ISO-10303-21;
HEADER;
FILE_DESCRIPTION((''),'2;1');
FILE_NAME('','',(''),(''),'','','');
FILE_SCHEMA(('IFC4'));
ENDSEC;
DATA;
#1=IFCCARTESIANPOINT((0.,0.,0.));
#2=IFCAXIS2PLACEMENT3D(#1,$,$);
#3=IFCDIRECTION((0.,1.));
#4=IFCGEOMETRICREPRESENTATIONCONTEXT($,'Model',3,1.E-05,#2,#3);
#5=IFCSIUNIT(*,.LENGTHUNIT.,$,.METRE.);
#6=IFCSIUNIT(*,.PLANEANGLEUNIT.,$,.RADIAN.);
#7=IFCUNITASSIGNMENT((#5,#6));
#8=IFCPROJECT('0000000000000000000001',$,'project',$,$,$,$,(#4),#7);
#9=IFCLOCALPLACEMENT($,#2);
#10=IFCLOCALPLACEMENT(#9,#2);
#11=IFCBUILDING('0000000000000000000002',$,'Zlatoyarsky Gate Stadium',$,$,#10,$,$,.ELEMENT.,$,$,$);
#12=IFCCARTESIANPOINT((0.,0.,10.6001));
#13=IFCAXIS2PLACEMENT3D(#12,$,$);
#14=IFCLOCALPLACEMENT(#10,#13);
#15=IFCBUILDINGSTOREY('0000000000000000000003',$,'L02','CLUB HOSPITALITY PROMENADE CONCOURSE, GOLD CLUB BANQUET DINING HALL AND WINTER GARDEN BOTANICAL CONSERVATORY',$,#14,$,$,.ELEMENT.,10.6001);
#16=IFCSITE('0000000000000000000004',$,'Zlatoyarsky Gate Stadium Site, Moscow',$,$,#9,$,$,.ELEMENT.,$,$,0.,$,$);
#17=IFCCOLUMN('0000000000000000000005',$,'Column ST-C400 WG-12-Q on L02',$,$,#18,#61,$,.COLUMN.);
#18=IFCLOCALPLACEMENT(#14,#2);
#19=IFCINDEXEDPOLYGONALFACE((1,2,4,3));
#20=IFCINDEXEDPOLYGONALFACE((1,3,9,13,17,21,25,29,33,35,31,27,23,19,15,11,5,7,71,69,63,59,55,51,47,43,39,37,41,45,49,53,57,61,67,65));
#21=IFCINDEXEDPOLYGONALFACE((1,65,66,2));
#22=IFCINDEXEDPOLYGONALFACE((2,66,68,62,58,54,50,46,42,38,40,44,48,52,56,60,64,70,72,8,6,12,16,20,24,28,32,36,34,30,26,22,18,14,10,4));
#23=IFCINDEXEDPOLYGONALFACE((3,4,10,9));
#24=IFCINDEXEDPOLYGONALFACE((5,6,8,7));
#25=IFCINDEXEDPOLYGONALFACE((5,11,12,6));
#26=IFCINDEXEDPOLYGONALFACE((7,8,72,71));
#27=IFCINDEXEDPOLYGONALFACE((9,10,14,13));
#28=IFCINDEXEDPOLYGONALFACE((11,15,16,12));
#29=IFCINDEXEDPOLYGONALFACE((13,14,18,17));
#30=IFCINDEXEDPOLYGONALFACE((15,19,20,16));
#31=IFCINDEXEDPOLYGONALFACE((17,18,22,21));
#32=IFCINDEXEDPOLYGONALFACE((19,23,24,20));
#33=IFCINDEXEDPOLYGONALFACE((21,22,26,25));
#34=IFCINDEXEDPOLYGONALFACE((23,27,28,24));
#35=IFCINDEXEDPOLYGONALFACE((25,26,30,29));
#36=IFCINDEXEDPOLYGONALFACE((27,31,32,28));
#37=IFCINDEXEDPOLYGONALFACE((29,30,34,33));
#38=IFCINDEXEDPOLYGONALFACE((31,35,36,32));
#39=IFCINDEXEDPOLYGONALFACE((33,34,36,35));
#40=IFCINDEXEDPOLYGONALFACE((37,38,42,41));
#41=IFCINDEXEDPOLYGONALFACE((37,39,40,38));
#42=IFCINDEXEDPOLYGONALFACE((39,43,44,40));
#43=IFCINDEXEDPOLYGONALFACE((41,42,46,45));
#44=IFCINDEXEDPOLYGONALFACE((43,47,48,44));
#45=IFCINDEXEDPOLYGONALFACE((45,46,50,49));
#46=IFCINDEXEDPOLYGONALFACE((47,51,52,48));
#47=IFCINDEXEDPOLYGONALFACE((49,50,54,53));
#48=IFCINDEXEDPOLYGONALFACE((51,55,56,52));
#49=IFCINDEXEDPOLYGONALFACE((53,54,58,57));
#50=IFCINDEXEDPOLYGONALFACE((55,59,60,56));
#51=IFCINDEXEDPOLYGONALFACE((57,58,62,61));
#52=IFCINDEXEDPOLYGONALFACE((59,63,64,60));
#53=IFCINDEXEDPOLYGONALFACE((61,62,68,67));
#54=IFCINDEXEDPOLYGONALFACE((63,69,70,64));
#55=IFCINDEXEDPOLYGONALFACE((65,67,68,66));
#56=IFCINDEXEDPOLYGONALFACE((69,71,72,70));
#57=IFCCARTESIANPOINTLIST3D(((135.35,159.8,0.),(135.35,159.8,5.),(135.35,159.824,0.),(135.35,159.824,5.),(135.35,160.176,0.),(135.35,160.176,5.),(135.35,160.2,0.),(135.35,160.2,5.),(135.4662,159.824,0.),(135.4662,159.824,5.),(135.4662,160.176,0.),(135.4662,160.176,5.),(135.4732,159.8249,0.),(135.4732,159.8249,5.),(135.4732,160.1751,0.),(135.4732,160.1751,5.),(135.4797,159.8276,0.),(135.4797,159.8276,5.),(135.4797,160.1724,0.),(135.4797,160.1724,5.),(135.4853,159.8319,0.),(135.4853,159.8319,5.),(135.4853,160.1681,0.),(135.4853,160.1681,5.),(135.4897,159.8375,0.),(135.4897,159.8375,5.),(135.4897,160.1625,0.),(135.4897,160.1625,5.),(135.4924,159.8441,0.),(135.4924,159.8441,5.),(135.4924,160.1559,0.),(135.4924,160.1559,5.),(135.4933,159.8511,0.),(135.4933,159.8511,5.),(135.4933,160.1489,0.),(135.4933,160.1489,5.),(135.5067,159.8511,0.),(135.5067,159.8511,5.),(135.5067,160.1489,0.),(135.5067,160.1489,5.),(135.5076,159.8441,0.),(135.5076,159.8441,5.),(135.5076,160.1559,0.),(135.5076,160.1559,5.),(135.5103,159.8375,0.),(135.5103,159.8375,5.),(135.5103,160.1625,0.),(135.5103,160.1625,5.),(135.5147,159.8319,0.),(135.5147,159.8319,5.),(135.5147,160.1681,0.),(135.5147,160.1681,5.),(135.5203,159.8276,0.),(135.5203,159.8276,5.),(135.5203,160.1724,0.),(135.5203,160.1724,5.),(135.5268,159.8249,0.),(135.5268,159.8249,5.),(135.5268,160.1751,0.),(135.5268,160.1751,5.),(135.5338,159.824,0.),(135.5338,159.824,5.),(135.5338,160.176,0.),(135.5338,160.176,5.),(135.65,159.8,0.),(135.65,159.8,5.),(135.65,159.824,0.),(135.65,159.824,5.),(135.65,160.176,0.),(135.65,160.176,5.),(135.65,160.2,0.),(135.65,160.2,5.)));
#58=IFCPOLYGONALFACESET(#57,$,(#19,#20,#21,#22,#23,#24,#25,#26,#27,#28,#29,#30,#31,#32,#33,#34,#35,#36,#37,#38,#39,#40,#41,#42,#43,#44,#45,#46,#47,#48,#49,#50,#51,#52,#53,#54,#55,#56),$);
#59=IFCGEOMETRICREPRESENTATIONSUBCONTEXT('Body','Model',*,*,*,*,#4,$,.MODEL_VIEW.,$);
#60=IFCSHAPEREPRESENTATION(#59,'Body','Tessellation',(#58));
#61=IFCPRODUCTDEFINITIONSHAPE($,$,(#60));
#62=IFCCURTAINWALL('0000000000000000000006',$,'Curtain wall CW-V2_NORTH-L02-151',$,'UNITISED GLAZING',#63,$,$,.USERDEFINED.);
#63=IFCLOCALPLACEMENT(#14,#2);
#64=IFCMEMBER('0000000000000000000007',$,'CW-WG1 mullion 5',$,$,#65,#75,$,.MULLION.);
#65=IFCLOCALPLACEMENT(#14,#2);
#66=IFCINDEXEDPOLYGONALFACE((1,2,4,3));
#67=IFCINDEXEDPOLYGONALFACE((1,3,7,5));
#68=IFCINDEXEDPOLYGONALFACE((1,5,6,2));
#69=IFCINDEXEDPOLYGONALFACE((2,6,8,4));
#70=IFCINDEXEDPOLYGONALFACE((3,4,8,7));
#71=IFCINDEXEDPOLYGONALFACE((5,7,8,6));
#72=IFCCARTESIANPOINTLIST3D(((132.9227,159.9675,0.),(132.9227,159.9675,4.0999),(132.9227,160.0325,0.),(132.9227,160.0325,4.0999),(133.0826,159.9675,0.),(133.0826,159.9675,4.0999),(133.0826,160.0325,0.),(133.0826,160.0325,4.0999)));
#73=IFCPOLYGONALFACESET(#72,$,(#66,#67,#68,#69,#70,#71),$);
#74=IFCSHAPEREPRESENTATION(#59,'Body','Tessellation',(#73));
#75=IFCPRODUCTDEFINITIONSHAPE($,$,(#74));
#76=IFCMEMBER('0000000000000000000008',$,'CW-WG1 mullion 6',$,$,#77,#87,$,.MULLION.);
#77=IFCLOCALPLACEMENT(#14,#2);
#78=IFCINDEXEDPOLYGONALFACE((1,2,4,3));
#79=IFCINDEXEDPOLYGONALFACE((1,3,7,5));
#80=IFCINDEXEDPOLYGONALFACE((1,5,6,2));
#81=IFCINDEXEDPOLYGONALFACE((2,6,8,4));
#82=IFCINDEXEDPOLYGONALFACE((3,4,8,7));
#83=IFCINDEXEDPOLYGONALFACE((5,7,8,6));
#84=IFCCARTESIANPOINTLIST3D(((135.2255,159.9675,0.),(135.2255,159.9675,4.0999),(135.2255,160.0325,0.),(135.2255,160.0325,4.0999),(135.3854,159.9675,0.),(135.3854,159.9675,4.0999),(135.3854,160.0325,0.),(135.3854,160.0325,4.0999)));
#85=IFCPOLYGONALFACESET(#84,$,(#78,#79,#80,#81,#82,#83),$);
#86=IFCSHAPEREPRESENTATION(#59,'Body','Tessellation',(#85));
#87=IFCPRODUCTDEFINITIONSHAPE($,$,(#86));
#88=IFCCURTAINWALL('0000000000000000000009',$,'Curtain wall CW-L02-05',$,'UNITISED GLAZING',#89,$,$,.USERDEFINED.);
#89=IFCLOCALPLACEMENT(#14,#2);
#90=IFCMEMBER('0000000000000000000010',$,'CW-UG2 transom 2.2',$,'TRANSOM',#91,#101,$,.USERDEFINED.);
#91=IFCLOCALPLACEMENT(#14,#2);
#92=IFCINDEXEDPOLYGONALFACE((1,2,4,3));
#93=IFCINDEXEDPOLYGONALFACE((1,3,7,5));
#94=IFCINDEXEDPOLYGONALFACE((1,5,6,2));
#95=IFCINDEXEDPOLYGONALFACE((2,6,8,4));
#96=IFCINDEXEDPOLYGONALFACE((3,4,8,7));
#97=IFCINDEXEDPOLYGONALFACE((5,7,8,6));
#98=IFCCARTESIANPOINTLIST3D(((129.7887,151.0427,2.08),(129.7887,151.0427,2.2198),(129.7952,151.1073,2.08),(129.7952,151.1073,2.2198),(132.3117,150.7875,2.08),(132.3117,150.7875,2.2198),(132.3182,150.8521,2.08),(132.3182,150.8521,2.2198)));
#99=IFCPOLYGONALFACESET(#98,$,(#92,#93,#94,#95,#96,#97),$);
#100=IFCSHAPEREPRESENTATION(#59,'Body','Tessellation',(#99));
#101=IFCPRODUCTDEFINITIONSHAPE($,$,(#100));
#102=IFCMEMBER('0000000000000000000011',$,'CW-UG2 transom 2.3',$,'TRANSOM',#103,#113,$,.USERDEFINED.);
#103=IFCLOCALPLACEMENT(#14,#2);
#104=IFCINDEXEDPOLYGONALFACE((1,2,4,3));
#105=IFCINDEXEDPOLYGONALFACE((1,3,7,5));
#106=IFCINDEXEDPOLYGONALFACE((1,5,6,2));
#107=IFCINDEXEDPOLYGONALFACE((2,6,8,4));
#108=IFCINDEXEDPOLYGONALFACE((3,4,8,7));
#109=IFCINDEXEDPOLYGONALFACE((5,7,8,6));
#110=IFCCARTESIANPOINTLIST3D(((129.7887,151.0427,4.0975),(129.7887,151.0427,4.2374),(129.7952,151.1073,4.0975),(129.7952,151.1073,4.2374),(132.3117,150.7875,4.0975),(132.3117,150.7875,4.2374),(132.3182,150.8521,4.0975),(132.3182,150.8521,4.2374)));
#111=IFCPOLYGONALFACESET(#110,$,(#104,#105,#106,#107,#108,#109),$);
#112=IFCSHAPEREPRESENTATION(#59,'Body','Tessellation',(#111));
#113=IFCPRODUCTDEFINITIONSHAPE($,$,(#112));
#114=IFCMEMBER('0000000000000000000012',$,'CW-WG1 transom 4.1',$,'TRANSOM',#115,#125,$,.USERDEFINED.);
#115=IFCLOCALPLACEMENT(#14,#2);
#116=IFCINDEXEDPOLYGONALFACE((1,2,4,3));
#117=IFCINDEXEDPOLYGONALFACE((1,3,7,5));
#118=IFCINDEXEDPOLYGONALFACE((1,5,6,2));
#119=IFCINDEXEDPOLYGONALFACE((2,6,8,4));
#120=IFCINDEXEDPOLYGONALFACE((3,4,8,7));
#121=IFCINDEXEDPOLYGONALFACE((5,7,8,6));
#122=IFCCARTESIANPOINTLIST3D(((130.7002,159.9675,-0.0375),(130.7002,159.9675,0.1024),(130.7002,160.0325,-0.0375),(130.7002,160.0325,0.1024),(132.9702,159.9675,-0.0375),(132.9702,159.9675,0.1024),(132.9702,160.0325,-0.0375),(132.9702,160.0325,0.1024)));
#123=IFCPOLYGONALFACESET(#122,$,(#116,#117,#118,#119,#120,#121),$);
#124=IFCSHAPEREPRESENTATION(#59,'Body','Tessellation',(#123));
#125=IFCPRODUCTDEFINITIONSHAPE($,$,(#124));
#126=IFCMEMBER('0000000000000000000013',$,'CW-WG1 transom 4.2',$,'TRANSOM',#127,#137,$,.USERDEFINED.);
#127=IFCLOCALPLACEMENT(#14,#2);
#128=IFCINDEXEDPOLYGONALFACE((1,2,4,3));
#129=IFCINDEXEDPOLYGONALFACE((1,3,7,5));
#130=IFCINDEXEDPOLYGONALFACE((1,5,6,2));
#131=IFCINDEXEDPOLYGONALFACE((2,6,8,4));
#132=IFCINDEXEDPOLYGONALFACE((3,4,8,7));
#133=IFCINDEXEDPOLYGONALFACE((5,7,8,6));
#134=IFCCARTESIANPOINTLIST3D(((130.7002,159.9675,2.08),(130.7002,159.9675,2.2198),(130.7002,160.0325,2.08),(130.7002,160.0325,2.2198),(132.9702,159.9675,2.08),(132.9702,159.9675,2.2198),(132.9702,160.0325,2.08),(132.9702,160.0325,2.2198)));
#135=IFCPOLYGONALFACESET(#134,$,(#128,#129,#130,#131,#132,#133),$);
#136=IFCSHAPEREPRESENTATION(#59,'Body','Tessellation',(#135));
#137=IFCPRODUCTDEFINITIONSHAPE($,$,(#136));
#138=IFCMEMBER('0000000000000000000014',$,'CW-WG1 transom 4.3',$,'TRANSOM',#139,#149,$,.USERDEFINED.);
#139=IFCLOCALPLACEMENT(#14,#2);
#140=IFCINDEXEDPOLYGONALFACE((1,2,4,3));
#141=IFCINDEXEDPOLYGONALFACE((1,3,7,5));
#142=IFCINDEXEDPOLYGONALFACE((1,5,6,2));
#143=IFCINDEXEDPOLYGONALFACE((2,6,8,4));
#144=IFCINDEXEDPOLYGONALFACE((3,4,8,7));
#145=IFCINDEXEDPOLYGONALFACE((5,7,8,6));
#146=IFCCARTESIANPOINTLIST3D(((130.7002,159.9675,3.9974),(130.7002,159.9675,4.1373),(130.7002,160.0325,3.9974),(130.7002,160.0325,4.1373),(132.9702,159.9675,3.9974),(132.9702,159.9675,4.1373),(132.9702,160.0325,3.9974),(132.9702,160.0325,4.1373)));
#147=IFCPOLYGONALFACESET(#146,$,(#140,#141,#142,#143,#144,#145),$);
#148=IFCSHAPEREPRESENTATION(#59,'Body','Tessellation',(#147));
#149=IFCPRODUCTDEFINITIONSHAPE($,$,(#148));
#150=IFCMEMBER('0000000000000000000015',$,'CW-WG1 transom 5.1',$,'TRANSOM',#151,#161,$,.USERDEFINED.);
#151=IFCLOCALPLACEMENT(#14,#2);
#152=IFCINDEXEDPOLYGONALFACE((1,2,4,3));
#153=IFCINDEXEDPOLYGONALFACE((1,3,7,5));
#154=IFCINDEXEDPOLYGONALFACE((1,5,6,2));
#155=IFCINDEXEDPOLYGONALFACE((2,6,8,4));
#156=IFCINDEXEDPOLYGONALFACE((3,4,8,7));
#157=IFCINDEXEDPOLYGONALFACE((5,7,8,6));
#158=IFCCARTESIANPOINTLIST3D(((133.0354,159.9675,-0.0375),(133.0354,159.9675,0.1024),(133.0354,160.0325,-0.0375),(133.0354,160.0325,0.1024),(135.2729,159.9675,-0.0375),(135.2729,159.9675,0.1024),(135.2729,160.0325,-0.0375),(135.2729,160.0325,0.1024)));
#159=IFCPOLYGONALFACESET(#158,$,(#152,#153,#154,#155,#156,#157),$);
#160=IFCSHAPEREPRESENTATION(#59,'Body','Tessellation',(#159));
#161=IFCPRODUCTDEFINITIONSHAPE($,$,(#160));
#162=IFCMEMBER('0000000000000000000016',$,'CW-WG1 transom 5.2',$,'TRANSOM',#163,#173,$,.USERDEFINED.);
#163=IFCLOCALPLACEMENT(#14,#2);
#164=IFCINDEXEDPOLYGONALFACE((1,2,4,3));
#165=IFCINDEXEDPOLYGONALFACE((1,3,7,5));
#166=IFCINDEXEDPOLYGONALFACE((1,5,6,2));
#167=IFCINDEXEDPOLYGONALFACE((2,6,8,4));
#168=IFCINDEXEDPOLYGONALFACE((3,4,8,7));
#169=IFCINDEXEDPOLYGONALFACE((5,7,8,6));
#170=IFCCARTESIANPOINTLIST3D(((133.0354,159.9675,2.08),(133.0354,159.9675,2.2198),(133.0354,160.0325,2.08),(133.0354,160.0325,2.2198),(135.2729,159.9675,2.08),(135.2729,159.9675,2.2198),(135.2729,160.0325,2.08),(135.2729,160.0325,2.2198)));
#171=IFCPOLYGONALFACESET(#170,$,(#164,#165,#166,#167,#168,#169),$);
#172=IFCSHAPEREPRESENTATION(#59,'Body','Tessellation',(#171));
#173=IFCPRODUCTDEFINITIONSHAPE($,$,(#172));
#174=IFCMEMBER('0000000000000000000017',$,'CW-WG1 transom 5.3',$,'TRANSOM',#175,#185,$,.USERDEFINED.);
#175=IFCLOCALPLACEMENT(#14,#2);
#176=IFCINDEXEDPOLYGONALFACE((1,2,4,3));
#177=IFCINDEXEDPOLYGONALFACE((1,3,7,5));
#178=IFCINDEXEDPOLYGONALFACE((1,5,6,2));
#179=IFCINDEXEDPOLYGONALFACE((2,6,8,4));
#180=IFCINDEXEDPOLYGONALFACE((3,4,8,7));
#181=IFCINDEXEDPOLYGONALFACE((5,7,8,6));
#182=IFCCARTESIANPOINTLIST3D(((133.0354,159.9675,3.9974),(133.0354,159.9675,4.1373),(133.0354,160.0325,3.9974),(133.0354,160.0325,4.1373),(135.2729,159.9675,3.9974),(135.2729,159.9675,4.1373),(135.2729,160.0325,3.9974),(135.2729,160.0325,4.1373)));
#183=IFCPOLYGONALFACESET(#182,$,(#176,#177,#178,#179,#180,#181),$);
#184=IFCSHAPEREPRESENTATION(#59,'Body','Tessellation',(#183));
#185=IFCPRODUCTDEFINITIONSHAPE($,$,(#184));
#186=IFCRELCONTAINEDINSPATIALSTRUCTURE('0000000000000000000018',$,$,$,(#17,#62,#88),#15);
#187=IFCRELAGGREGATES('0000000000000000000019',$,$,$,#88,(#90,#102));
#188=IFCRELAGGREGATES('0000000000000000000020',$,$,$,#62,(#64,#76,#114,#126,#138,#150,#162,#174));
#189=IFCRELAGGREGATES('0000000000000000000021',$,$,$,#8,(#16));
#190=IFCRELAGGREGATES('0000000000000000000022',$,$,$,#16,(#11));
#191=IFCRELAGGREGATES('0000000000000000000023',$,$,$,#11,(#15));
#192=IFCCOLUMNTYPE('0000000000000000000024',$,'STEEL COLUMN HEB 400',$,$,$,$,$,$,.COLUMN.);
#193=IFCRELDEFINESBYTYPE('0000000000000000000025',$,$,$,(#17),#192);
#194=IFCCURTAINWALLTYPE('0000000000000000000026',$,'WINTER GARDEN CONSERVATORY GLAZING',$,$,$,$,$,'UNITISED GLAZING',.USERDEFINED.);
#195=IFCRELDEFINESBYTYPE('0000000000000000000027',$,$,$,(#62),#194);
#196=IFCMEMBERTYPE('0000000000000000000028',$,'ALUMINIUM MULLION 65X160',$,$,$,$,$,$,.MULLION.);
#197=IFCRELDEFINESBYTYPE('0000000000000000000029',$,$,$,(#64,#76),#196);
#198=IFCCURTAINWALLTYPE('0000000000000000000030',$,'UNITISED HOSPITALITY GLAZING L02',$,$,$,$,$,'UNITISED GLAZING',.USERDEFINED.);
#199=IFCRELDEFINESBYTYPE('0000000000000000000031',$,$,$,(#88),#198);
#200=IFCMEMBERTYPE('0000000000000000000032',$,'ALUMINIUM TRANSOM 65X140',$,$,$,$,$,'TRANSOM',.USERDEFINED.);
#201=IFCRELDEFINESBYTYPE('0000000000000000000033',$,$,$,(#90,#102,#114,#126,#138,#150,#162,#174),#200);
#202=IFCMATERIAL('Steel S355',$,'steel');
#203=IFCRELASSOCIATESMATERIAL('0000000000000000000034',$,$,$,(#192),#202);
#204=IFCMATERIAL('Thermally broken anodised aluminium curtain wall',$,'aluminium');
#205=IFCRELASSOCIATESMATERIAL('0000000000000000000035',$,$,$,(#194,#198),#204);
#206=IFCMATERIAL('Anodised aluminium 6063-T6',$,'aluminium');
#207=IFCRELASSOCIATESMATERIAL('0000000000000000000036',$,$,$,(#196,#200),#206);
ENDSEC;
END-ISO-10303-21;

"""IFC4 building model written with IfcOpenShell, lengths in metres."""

from ifc_helpers import new_model, si_unit, direction, frame, origin, origin_2d, place, context, subcontext, project, spatial, rectangle, i_section, extrude, material, material_profile, profile_set, type_object, element, aggregate, save


model = new_model("IFC4")

# Units and contexts
model_context = context("Model", 3, precision=1e-05, world=origin(), true_north=direction((0.0, 1.0)))
body_context = subcontext(model_context, "Body", "Model", "MODEL_VIEW")
ifc_project = project(units=[si_unit("LENGTHUNIT", "METRE"), si_unit("PLANEANGLEUNIT", "RADIAN")], contexts=[model_context])

# Site, building, storey
site_placement = place(None, origin())
site = spatial("IfcSite", under=ifc_project, at=site_placement, Name="Zlatoyarsky Gate Stadium Site, Moscow", CompositionType="ELEMENT", RefElevation=0.0)
building_placement = place(site_placement, origin())
building = spatial("IfcBuilding", under=site, at=building_placement, Name="Zlatoyarsky Gate Stadium", CompositionType="ELEMENT")
storey_placement = place(building_placement, frame((0.0, 0.0, 10.6001)))
storey = spatial("IfcBuildingStorey", under=building, at=storey_placement, Name="L02", Description="CLUB HOSPITALITY PROMENADE CONCOURSE, GOLD CLUB BANQUET DINING HALL AND WINTER GARDEN BOTANICAL CONSERVATORY", CompositionType="ELEMENT", Elevation=10.6001)

# Column
ifc_material_1 = material(Name="Steel S355", Category="steel")
ifc_material_profile_1 = material_profile(ifc_material_1, i_section(OverallWidth=0.3, OverallDepth=0.3999, WebThickness=0.0134, FlangeThickness=0.0239, FilletRadius=0.0271, at=origin_2d()), Name="HEB 400")
ifc_profile_set_1 = profile_set([ifc_material_profile_1], Name="Steel S355")
column_type = type_object("IfcColumnType", Name="STEEL COLUMN HEB 400", PredefinedType="COLUMN", material=ifc_profile_set_1)
column_placement = place(storey_placement, frame((135.5, 160.0, 0.0), z_axis=(0.0, 0.0, 1.0), x_axis=(1.0, 0.0, 0.0)))
element("IfcColumn", 1, at=column_placement, inside=storey, type_object=column_type, Name="Column ST-C400 WG-12-Q on L02", PredefinedType="COLUMN", context=body_context, shape_type="SweptSolid", body=[
    extrude(i_section(OverallWidth=0.3, OverallDepth=0.3999, WebThickness=0.0134, FlangeThickness=0.0239, FilletRadius=0.0271, at=origin_2d()), origin(), (0.0, 0.0, 1.0), 5.0),
])

# Curtain walls, members
ifc_material_2 = material(Name="Thermally broken anodised aluminium curtain wall", Category="aluminium")
curtain_wall_type_1 = type_object("IfcCurtainWallType", Name="WINTER GARDEN CONSERVATORY GLAZING", ElementType="UNITISED GLAZING", PredefinedType="USERDEFINED", material=ifc_material_2)
curtain_wall_1_placement = place(storey_placement, origin())
curtain_wall_1 = element("IfcCurtainWall", 2, at=curtain_wall_1_placement, inside=storey, type_object=curtain_wall_type_1, Name="Curtain wall CW-V2_NORTH-L02-151", ObjectType="UNITISED GLAZING", PredefinedType="USERDEFINED")
ifc_material_3 = material(Name="Anodised aluminium 6063-T6", Category="aluminium")
ifc_material_profile_2 = material_profile(ifc_material_3, rectangle(XDim=0.0649, YDim=0.1599, at=origin_2d()), Name="ALU 65X160")
ifc_profile_set_2 = profile_set([ifc_material_profile_2], Name="Anodised aluminium 6063-T6")
member_type_1 = type_object("IfcMemberType", Name="ALUMINIUM MULLION 65X160", PredefinedType="MULLION", material=ifc_profile_set_2)
member_1_placement = place(storey_placement, frame((133.0027, 160.0, 0.0), z_axis=(0.0, 0.0, 1.0), x_axis=(0.0, 1.0, 0.0)))
member_1 = element("IfcMember", 3, at=member_1_placement, type_object=member_type_1, Name="CW-WG1 mullion 5", PredefinedType="MULLION", context=body_context, shape_type="SweptSolid", body=[
    extrude(rectangle(XDim=0.0649, YDim=0.1599, at=origin_2d()), origin(), (0.0, 0.0, 1.0), 4.0999),
])
member_2_placement = place(storey_placement, frame((135.3054, 160.0, 0.0), z_axis=(0.0, 0.0, 1.0), x_axis=(0.0, 1.0, 0.0)))
member_2 = element("IfcMember", 4, at=member_2_placement, type_object=member_type_1, Name="CW-WG1 mullion 6", PredefinedType="MULLION", context=body_context, shape_type="SweptSolid", body=[
    extrude(rectangle(XDim=0.0649, YDim=0.1599, at=origin_2d()), origin(), (0.0, 0.0, 1.0), 4.0999),
])
curtain_wall_type_2 = type_object("IfcCurtainWallType", Name="UNITISED HOSPITALITY GLAZING L02", ElementType="UNITISED GLAZING", PredefinedType="USERDEFINED", material=ifc_material_2)
curtain_wall_2_placement = place(storey_placement, origin())
curtain_wall_2 = element("IfcCurtainWall", 5, at=curtain_wall_2_placement, inside=storey, type_object=curtain_wall_type_2, Name="Curtain wall CW-L02-05", ObjectType="UNITISED GLAZING", PredefinedType="USERDEFINED")
ifc_material_profile_3 = material_profile(ifc_material_3, rectangle(XDim=0.0649, YDim=0.1399, at=origin_2d()), Name="ALU 65X140")
ifc_profile_set_3 = profile_set([ifc_material_profile_3], Name="Anodised aluminium 6063-T6")
member_type_2 = type_object("IfcMemberType", Name="ALUMINIUM TRANSOM 65X140", ElementType="TRANSOM", PredefinedType="USERDEFINED", material=ifc_profile_set_3)
member_3_placement = place(storey_placement, frame((132.3149, 150.8198, 2.1499), z_axis=(-0.994926, 0.100609, 0.0), x_axis=(-0.100609, -0.994926, 0.0)))
member_3 = element("IfcMember", 6, at=member_3_placement, type_object=member_type_2, Name="CW-UG2 transom 2.2", ObjectType="TRANSOM", PredefinedType="USERDEFINED", context=body_context, shape_type="SweptSolid", body=[
    extrude(rectangle(XDim=0.0649, YDim=0.1399, at=origin_2d()), origin(), (0.0, 0.0, 1.0), 2.5359),
])
member_4_placement = place(storey_placement, frame((132.3149, 150.8198, 4.1675), z_axis=(-0.994926, 0.100609, 0.0), x_axis=(-0.100609, -0.994926, 0.0)))
member_4 = element("IfcMember", 7, at=member_4_placement, type_object=member_type_2, Name="CW-UG2 transom 2.3", ObjectType="TRANSOM", PredefinedType="USERDEFINED", context=body_context, shape_type="SweptSolid", body=[
    extrude(rectangle(XDim=0.0649, YDim=0.1399, at=origin_2d()), origin(), (0.0, 0.0, 1.0), 2.5359),
])

# Members
member_5_placement = place(storey_placement, frame((130.7002, 160.0, 0.0325), z_axis=(1.0, 0.0, 0.0), x_axis=(0.0, 1.0, 0.0)))
member_5 = element("IfcMember", 8, at=member_5_placement, type_object=member_type_2, Name="CW-WG1 transom 4.1", ObjectType="TRANSOM", PredefinedType="USERDEFINED", context=body_context, shape_type="SweptSolid", body=[
    extrude(rectangle(XDim=0.0649, YDim=0.1399, at=origin_2d()), origin(), (0.0, 0.0, 1.0), 2.27),
])
member_6_placement = place(storey_placement, frame((130.7002, 160.0, 2.1499), z_axis=(1.0, 0.0, 0.0), x_axis=(0.0, 1.0, 0.0)))
member_6 = element("IfcMember", 9, at=member_6_placement, type_object=member_type_2, Name="CW-WG1 transom 4.2", ObjectType="TRANSOM", PredefinedType="USERDEFINED", context=body_context, shape_type="SweptSolid", body=[
    extrude(rectangle(XDim=0.0649, YDim=0.1399, at=origin_2d()), origin(), (0.0, 0.0, 1.0), 2.27),
])
member_7_placement = place(storey_placement, frame((130.7002, 160.0, 4.0674), z_axis=(1.0, 0.0, 0.0), x_axis=(0.0, 1.0, 0.0)))
member_7 = element("IfcMember", 10, at=member_7_placement, type_object=member_type_2, Name="CW-WG1 transom 4.3", ObjectType="TRANSOM", PredefinedType="USERDEFINED", context=body_context, shape_type="SweptSolid", body=[
    extrude(rectangle(XDim=0.0649, YDim=0.1399, at=origin_2d()), origin(), (0.0, 0.0, 1.0), 2.27),
])
member_8_placement = place(storey_placement, frame((133.0354, 160.0, 0.0325), z_axis=(1.0, 0.0, 0.0), x_axis=(0.0, 1.0, 0.0)))
member_8 = element("IfcMember", 11, at=member_8_placement, type_object=member_type_2, Name="CW-WG1 transom 5.1", ObjectType="TRANSOM", PredefinedType="USERDEFINED", context=body_context, shape_type="SweptSolid", body=[
    extrude(rectangle(XDim=0.0649, YDim=0.1399, at=origin_2d()), origin(), (0.0, 0.0, 1.0), 2.2375),
])
member_9_placement = place(storey_placement, frame((133.0354, 160.0, 2.1499), z_axis=(1.0, 0.0, 0.0), x_axis=(0.0, 1.0, 0.0)))
member_9 = element("IfcMember", 12, at=member_9_placement, type_object=member_type_2, Name="CW-WG1 transom 5.2", ObjectType="TRANSOM", PredefinedType="USERDEFINED", context=body_context, shape_type="SweptSolid", body=[
    extrude(rectangle(XDim=0.0649, YDim=0.1399, at=origin_2d()), origin(), (0.0, 0.0, 1.0), 2.2375),
])
member_10_placement = place(storey_placement, frame((133.0354, 160.0, 4.0674), z_axis=(1.0, 0.0, 0.0), x_axis=(0.0, 1.0, 0.0)))
member_10 = element("IfcMember", 13, at=member_10_placement, type_object=member_type_2, Name="CW-WG1 transom 5.3", ObjectType="TRANSOM", PredefinedType="USERDEFINED", context=body_context, shape_type="SweptSolid", body=[
    extrude(rectangle(XDim=0.0649, YDim=0.1399, at=origin_2d()), origin(), (0.0, 0.0, 1.0), 2.2375),
])

aggregate(curtain_wall_2, [member_3, member_4])
aggregate(curtain_wall_1, [member_1, member_2, member_5, member_6, member_7, member_8, member_9, member_10])

save(model, "model.ifc")
